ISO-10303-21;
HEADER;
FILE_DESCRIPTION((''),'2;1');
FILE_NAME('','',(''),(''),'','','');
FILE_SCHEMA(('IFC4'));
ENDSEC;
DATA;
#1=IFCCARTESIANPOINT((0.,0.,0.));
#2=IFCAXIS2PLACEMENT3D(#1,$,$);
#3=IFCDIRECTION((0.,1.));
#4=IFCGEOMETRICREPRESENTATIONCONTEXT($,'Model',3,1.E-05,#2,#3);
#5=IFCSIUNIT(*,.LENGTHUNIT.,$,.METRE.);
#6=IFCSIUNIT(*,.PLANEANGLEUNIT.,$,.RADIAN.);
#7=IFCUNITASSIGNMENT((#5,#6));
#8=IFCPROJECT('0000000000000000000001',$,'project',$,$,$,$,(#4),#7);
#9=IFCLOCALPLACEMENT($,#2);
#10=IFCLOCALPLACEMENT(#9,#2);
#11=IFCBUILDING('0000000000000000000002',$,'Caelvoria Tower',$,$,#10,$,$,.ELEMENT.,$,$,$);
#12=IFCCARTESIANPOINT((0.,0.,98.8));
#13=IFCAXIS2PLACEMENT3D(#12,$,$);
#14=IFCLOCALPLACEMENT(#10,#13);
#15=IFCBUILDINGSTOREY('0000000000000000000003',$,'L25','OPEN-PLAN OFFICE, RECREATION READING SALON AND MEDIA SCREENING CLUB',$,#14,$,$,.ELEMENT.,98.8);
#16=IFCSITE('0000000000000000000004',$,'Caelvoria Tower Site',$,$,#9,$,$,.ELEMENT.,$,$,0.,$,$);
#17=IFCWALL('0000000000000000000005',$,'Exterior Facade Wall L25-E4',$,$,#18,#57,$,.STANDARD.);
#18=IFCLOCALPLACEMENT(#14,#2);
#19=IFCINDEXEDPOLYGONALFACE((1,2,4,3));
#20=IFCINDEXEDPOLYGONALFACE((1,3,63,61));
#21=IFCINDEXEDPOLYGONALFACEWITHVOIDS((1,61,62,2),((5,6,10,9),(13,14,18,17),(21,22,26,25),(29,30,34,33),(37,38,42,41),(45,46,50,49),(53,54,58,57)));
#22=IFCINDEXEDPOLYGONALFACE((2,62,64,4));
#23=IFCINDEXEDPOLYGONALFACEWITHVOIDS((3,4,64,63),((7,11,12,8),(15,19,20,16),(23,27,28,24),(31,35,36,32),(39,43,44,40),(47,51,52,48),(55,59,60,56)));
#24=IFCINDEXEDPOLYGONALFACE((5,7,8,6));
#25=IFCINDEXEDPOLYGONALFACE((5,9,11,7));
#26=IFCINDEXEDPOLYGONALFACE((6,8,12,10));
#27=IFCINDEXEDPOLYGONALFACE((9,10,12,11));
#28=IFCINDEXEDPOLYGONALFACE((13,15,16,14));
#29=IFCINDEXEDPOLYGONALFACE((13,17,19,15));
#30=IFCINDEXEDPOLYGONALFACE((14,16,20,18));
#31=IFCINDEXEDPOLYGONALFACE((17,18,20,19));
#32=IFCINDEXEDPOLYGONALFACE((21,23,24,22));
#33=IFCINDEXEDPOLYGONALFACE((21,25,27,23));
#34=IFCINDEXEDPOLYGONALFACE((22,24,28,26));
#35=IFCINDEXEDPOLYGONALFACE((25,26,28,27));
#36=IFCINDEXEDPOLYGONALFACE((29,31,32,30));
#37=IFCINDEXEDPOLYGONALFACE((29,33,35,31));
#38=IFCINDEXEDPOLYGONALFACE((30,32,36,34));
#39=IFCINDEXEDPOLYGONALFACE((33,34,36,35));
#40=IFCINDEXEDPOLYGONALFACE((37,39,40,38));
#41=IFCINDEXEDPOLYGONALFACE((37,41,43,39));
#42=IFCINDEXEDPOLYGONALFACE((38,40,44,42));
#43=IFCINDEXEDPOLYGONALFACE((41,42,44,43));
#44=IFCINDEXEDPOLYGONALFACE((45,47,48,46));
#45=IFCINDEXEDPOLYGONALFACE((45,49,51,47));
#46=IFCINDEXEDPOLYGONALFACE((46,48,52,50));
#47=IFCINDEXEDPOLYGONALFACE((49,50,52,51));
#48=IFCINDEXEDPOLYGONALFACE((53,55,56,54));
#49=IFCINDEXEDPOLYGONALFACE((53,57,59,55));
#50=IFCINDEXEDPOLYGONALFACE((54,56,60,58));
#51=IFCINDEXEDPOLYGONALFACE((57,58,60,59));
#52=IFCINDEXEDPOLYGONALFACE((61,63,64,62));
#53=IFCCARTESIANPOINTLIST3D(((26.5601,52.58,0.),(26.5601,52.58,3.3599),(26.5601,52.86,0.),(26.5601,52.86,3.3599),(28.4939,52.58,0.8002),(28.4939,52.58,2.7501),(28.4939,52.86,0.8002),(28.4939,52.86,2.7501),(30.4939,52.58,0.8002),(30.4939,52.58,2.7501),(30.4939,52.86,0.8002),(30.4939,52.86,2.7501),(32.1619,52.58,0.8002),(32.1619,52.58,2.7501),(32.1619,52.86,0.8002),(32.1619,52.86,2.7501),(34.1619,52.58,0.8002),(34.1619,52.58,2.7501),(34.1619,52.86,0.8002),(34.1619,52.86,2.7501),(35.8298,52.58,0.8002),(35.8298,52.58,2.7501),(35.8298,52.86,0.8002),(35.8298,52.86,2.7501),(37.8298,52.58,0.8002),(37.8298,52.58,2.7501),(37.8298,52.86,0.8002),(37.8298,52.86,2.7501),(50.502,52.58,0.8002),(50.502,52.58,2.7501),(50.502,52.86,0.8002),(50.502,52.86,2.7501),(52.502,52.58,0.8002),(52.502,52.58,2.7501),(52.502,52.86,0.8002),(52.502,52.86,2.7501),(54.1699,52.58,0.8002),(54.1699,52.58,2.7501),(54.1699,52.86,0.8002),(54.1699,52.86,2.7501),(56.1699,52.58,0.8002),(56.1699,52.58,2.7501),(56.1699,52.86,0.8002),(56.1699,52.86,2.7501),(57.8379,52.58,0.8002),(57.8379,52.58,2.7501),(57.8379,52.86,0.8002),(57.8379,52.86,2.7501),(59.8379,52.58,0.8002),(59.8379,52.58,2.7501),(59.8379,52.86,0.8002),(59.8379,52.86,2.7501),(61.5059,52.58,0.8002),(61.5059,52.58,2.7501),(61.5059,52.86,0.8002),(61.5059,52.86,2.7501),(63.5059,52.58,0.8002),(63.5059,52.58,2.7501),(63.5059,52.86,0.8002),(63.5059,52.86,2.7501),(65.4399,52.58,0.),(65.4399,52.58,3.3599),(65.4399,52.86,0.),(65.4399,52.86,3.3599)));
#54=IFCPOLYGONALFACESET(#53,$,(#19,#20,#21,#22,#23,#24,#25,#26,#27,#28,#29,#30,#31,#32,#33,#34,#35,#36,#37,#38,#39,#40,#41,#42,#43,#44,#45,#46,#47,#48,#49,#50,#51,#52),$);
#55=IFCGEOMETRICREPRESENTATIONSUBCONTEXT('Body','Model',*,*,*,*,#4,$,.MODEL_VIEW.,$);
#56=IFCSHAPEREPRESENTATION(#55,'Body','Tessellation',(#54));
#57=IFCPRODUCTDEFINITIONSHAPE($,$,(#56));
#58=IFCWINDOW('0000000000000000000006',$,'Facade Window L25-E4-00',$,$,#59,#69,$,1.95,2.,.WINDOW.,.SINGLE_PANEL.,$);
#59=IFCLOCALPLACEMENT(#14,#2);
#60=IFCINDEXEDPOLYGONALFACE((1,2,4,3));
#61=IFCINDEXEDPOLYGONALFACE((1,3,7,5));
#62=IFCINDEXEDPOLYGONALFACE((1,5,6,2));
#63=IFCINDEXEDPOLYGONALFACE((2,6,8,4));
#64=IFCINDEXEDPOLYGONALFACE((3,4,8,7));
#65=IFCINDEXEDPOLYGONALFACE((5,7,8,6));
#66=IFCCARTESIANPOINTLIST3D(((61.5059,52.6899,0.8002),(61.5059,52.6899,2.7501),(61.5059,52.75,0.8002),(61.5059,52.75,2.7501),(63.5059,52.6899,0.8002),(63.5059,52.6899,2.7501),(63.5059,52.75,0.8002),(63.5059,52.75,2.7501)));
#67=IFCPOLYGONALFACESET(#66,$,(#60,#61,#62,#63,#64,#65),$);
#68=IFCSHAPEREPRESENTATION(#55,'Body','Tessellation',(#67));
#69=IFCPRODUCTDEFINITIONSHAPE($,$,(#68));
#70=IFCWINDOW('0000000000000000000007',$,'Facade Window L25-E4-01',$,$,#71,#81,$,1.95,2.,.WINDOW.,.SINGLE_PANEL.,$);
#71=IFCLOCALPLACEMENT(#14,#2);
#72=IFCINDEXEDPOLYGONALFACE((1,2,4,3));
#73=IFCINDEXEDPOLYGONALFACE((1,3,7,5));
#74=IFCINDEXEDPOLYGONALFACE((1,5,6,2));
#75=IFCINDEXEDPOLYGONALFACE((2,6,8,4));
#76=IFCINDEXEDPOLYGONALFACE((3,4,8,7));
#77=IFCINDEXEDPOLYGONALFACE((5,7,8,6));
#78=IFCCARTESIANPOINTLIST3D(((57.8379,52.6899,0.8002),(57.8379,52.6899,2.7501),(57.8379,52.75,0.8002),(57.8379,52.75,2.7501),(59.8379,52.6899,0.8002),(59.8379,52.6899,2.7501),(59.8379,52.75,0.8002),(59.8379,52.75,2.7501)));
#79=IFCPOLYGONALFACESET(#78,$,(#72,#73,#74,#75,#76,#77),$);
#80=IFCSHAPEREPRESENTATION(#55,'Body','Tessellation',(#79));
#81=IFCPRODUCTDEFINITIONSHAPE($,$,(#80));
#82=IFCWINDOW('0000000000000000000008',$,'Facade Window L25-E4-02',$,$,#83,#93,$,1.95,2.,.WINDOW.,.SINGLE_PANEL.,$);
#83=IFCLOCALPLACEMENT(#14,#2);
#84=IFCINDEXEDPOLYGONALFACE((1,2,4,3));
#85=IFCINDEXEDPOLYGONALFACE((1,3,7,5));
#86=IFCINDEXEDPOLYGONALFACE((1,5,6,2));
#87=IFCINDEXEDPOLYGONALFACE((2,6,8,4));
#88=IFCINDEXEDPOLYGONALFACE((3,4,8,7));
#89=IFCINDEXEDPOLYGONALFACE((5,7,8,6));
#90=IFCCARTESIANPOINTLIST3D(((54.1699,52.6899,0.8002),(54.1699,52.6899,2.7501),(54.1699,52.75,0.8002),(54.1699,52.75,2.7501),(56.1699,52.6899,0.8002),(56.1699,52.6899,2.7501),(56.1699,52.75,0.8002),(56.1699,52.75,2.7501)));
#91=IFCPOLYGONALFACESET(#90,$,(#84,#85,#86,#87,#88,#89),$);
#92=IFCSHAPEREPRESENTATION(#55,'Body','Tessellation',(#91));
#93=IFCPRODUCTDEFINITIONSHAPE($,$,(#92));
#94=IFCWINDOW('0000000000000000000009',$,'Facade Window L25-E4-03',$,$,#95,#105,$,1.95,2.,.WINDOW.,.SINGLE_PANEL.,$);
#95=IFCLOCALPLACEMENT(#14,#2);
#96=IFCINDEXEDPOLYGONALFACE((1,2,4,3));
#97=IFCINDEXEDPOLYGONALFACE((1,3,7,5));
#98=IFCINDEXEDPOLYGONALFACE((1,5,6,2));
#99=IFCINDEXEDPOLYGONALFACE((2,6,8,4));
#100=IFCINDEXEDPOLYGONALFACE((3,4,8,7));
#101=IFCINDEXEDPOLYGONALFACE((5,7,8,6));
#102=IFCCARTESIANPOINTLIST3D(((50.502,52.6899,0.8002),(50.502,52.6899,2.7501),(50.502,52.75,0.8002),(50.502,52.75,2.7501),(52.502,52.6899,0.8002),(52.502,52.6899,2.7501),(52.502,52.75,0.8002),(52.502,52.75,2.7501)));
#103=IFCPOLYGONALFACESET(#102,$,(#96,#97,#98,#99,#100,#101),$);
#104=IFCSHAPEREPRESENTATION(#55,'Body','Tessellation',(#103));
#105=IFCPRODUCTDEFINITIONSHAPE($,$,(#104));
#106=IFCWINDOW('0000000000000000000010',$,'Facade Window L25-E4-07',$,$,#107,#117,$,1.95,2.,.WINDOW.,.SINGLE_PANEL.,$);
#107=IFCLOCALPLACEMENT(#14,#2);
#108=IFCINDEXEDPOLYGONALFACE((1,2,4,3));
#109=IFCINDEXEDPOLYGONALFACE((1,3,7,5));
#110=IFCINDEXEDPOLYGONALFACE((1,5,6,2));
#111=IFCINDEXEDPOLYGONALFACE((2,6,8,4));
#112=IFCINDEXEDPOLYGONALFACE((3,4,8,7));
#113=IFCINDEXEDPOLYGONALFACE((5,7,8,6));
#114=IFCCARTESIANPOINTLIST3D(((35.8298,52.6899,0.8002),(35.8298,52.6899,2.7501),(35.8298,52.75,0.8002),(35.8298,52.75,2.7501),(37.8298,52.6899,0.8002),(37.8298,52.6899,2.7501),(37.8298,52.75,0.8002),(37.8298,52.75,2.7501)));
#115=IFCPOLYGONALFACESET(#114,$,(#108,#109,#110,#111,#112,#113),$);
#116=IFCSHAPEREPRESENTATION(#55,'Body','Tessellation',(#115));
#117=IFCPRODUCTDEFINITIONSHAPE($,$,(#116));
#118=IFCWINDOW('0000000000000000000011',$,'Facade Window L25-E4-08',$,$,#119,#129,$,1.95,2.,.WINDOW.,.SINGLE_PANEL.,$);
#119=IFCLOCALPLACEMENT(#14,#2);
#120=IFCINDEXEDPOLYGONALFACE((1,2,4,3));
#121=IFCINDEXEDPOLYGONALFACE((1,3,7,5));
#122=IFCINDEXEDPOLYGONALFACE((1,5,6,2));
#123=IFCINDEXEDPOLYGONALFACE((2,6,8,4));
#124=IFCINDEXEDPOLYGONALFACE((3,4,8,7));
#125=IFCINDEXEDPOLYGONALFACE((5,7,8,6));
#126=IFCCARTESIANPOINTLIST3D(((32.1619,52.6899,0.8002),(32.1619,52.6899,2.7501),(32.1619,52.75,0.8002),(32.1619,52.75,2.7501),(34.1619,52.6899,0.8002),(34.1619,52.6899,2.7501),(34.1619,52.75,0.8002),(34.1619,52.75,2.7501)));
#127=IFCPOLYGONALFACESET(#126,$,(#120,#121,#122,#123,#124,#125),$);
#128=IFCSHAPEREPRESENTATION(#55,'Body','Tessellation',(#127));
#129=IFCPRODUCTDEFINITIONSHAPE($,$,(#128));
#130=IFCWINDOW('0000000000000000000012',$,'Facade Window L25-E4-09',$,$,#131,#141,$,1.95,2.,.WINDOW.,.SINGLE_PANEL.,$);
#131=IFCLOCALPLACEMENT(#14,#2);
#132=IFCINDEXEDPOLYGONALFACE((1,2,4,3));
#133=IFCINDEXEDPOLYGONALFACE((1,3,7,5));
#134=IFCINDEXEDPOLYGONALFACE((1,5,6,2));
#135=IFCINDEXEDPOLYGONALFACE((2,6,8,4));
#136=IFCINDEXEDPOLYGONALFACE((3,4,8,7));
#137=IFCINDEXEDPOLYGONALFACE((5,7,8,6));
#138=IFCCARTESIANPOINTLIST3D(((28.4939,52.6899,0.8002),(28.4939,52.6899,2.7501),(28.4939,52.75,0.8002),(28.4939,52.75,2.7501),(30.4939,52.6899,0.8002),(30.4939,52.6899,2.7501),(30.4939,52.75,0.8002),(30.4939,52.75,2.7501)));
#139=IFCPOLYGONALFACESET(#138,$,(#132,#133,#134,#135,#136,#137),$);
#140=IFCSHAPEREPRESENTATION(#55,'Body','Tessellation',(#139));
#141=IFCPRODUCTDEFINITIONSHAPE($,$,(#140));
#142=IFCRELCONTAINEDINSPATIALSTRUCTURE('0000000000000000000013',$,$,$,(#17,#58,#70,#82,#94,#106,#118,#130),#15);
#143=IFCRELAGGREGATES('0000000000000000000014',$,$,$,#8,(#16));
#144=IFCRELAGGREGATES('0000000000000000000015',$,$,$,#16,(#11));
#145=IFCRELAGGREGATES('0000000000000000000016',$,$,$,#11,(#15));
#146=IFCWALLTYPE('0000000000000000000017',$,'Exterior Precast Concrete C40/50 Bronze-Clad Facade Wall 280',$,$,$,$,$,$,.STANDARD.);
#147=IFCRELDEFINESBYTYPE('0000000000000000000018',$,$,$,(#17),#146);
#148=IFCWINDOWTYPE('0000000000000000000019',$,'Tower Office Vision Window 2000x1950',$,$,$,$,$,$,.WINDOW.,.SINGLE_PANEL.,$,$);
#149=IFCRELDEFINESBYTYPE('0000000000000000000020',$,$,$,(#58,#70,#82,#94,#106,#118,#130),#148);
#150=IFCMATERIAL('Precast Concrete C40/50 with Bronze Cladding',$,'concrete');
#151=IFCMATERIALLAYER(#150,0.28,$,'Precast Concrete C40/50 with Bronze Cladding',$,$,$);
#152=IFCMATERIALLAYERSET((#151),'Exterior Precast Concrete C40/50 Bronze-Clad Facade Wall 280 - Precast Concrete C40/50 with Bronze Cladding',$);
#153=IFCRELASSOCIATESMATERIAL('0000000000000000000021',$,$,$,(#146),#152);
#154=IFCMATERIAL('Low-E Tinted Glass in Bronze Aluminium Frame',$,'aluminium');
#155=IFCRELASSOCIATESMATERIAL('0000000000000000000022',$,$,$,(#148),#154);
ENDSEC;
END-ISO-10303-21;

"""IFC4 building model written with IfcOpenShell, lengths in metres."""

from ifc_helpers import new_model, si_unit, direction, frame, frame_2d, origin, place, context, subcontext, project, spatial, rectangle, extrude, material, layer, layer_set, type_object, element, fill, save


model = new_model("IFC4")

# Units and contexts
model_context = context("Model", 3, precision=1e-05, world=origin(), true_north=direction((0.0, 1.0)))
body_context = subcontext(model_context, "Body", "Model", "MODEL_VIEW")
ifc_project = project(units=[si_unit("LENGTHUNIT", "METRE"), si_unit("PLANEANGLEUNIT", "RADIAN")], contexts=[model_context])

# Site, building, storey
site_placement = place(None, origin())
site = spatial("IfcSite", under=ifc_project, at=site_placement, Name="Caelvoria Tower Site", CompositionType="ELEMENT", RefElevation=0.0)
building_placement = place(site_placement, origin())
building = spatial("IfcBuilding", under=site, at=building_placement, Name="Caelvoria Tower", CompositionType="ELEMENT")
storey_placement = place(building_placement, frame((0.0, 0.0, 98.8)))
storey = spatial("IfcBuildingStorey", under=building, at=storey_placement, Name="L25", Description="OPEN-PLAN OFFICE, RECREATION READING SALON AND MEDIA SCREENING CLUB", CompositionType="ELEMENT", Elevation=98.8)

# Shared definitions
ifc_material_1 = material(Name="Precast Concrete C40/50 with Bronze Cladding", Category="concrete")
ifc_layer_1 = layer(ifc_material_1, 0.28, Name="Precast Concrete C40/50 with Bronze Cladding")
ifc_layer_set_1 = layer_set([ifc_layer_1], Name="Exterior Precast Concrete C40/50 Bronze-Clad Facade Wall 280 - Precast Concrete C40/50 with Bronze Cladding")
wall_type_1 = type_object("IfcWallType", Name="Exterior Precast Concrete C40/50 Bronze-Clad Facade Wall 280", PredefinedType="STANDARD", material=ifc_layer_set_1)

# Wall, openings, windows
wall_1_placement = place(storey_placement, frame((65.4399, 52.72, 0.0), z_axis=(0.0, 0.0, 1.0), x_axis=(-1.0, 0.0, 0.0)))
wall_1 = element("IfcWall", 1, at=wall_1_placement, inside=storey, type_object=wall_type_1, Name="Exterior Facade Wall L25-E4", PredefinedType="STANDARD", context=body_context, shape_type="SweptSolid", body=[
    extrude(rectangle(XDim=38.8799, YDim=0.28, at=frame_2d((19.4399, 0.0))), origin(), (0.0, 0.0, 1.0), 3.3599),
])
opening_1_placement = place(wall_1_placement, frame((1.9341, 0.0, 0.8)))
opening_1 = element("IfcOpeningElement", 2, at=opening_1_placement, cuts=wall_1, PredefinedType="OPENING", context=body_context, shape_type="SweptSolid", body=[
    extrude(rectangle(XDim=2.0, YDim=1.95, at=frame_2d((1.0, 0.9751))), frame((0.0, 0.1499, 0.0), z_axis=(0.0, -1.0, 0.0), x_axis=(1.0, 0.0, 0.0)), (0.0, 0.0, 1.0), 0.3),
])
opening_2_placement = place(wall_1_placement, frame((5.6021, 0.0, 0.8)))
opening_2 = element("IfcOpeningElement", 3, at=opening_2_placement, cuts=wall_1, PredefinedType="OPENING", context=body_context, shape_type="SweptSolid", body=[
    extrude(rectangle(XDim=2.0, YDim=1.95, at=frame_2d((1.0, 0.9751))), frame((0.0, 0.1499, 0.0), z_axis=(0.0, -1.0, 0.0), x_axis=(1.0, 0.0, 0.0)), (0.0, 0.0, 1.0), 0.3),
])
opening_3_placement = place(wall_1_placement, frame((9.27, 0.0, 0.8)))
opening_3 = element("IfcOpeningElement", 4, at=opening_3_placement, cuts=wall_1, PredefinedType="OPENING", context=body_context, shape_type="SweptSolid", body=[
    extrude(rectangle(XDim=2.0, YDim=1.95, at=frame_2d((1.0, 0.9751))), frame((0.0, 0.1499, 0.0), z_axis=(0.0, -1.0, 0.0), x_axis=(1.0, 0.0, 0.0)), (0.0, 0.0, 1.0), 0.3),
])
opening_4_placement = place(wall_1_placement, frame((12.938, 0.0, 0.8)))
opening_4 = element("IfcOpeningElement", 5, at=opening_4_placement, cuts=wall_1, PredefinedType="OPENING", context=body_context, shape_type="SweptSolid", body=[
    extrude(rectangle(XDim=2.0, YDim=1.95, at=frame_2d((1.0, 0.9751))), frame((0.0, 0.1499, 0.0), z_axis=(0.0, -1.0, 0.0), x_axis=(1.0, 0.0, 0.0)), (0.0, 0.0, 1.0), 0.3),
])
opening_5_placement = place(wall_1_placement, frame((27.6101, 0.0, 0.8)))
opening_5 = element("IfcOpeningElement", 6, at=opening_5_placement, cuts=wall_1, PredefinedType="OPENING", context=body_context, shape_type="SweptSolid", body=[
    extrude(rectangle(XDim=2.0, YDim=1.95, at=frame_2d((1.0, 0.9751))), frame((0.0, 0.1499, 0.0), z_axis=(0.0, -1.0, 0.0), x_axis=(1.0, 0.0, 0.0)), (0.0, 0.0, 1.0), 0.3),
])
opening_6_placement = place(wall_1_placement, frame((31.2781, 0.0, 0.8)))
opening_6 = element("IfcOpeningElement", 7, at=opening_6_placement, cuts=wall_1, PredefinedType="OPENING", context=body_context, shape_type="SweptSolid", body=[
    extrude(rectangle(XDim=2.0, YDim=1.95, at=frame_2d((1.0, 0.9751))), frame((0.0, 0.1499, 0.0), z_axis=(0.0, -1.0, 0.0), x_axis=(1.0, 0.0, 0.0)), (0.0, 0.0, 1.0), 0.3),
])
opening_7_placement = place(wall_1_placement, frame((34.946, 0.0, 0.8)))
opening_7 = element("IfcOpeningElement", 8, at=opening_7_placement, cuts=wall_1, PredefinedType="OPENING", context=body_context, shape_type="SweptSolid", body=[
    extrude(rectangle(XDim=2.0, YDim=1.95, at=frame_2d((1.0, 0.9751))), frame((0.0, 0.1499, 0.0), z_axis=(0.0, -1.0, 0.0), x_axis=(1.0, 0.0, 0.0)), (0.0, 0.0, 1.0), 0.3),
])
ifc_material_2 = material(Name="Low-E Tinted Glass in Bronze Aluminium Frame", Category="aluminium")
window_type = type_object("IfcWindowType", Name="Tower Office Vision Window 2000x1950", PartitioningType="SINGLE_PANEL", PredefinedType="WINDOW", material=ifc_material_2)
window_1_placement = place(opening_1_placement, origin())
window_1 = element("IfcWindow", 9, at=window_1_placement, inside=storey, type_object=window_type, Name="Facade Window L25-E4-00", OverallHeight=1.95, OverallWidth=2.0, PartitioningType="SINGLE_PANEL", PredefinedType="WINDOW", context=body_context, shape_type="SweptSolid", body=[
    extrude(rectangle(XDim=2.0, YDim=1.95, at=frame_2d((1.0, 0.9751))), frame((0.0, 0.03, 0.0), z_axis=(0.0, -1.0, 0.0), x_axis=(1.0, 0.0, 0.0)), (0.0, 0.0, 1.0), 0.0601),
])
fill(opening_1, window_1)
window_2_placement = place(opening_2_placement, origin())
window_2 = element("IfcWindow", 10, at=window_2_placement, inside=storey, type_object=window_type, Name="Facade Window L25-E4-01", OverallHeight=1.95, OverallWidth=2.0, PartitioningType="SINGLE_PANEL", PredefinedType="WINDOW", context=body_context, shape_type="SweptSolid", body=[
    extrude(rectangle(XDim=2.0, YDim=1.95, at=frame_2d((1.0, 0.9751))), frame((0.0, 0.03, 0.0), z_axis=(0.0, -1.0, 0.0), x_axis=(1.0, 0.0, 0.0)), (0.0, 0.0, 1.0), 0.0601),
])
fill(opening_2, window_2)
window_3_placement = place(opening_3_placement, origin())
window_3 = element("IfcWindow", 11, at=window_3_placement, inside=storey, type_object=window_type, Name="Facade Window L25-E4-02", OverallHeight=1.95, OverallWidth=2.0, PartitioningType="SINGLE_PANEL", PredefinedType="WINDOW", context=body_context, shape_type="SweptSolid", body=[
    extrude(rectangle(XDim=2.0, YDim=1.95, at=frame_2d((1.0, 0.9751))), frame((0.0, 0.03, 0.0), z_axis=(0.0, -1.0, 0.0), x_axis=(1.0, 0.0, 0.0)), (0.0, 0.0, 1.0), 0.0601),
])
fill(opening_3, window_3)
window_4_placement = place(opening_4_placement, origin())
window_4 = element("IfcWindow", 12, at=window_4_placement, inside=storey, type_object=window_type, Name="Facade Window L25-E4-03", OverallHeight=1.95, OverallWidth=2.0, PartitioningType="SINGLE_PANEL", PredefinedType="WINDOW", context=body_context, shape_type="SweptSolid", body=[
    extrude(rectangle(XDim=2.0, YDim=1.95, at=frame_2d((1.0, 0.9751))), frame((0.0, 0.03, 0.0), z_axis=(0.0, -1.0, 0.0), x_axis=(1.0, 0.0, 0.0)), (0.0, 0.0, 1.0), 0.0601),
])
fill(opening_4, window_4)
window_5_placement = place(opening_5_placement, origin())
window_5 = element("IfcWindow", 13, at=window_5_placement, inside=storey, type_object=window_type, Name="Facade Window L25-E4-07", OverallHeight=1.95, OverallWidth=2.0, PartitioningType="SINGLE_PANEL", PredefinedType="WINDOW", context=body_context, shape_type="SweptSolid", body=[
    extrude(rectangle(XDim=2.0, YDim=1.95, at=frame_2d((1.0, 0.9751))), frame((0.0, 0.03, 0.0), z_axis=(0.0, -1.0, 0.0), x_axis=(1.0, 0.0, 0.0)), (0.0, 0.0, 1.0), 0.0601),
])
fill(opening_5, window_5)
window_6_placement = place(opening_6_placement, origin())
window_6 = element("IfcWindow", 14, at=window_6_placement, inside=storey, type_object=window_type, Name="Facade Window L25-E4-08", OverallHeight=1.95, OverallWidth=2.0, PartitioningType="SINGLE_PANEL", PredefinedType="WINDOW", context=body_context, shape_type="SweptSolid", body=[
    extrude(rectangle(XDim=2.0, YDim=1.95, at=frame_2d((1.0, 0.9751))), frame((0.0, 0.03, 0.0), z_axis=(0.0, -1.0, 0.0), x_axis=(1.0, 0.0, 0.0)), (0.0, 0.0, 1.0), 0.0601),
])
fill(opening_6, window_6)
window_7_placement = place(opening_7_placement, origin())
window_7 = element("IfcWindow", 15, at=window_7_placement, inside=storey, type_object=window_type, Name="Facade Window L25-E4-09", OverallHeight=1.95, OverallWidth=2.0, PartitioningType="SINGLE_PANEL", PredefinedType="WINDOW", context=body_context, shape_type="SweptSolid", body=[
    extrude(rectangle(XDim=2.0, YDim=1.95, at=frame_2d((1.0, 0.9751))), frame((0.0, 0.03, 0.0), z_axis=(0.0, -1.0, 0.0), x_axis=(1.0, 0.0, 0.0)), (0.0, 0.0, 1.0), 0.0601),
])
fill(opening_7, window_7)

save(model, "model.ifc")
